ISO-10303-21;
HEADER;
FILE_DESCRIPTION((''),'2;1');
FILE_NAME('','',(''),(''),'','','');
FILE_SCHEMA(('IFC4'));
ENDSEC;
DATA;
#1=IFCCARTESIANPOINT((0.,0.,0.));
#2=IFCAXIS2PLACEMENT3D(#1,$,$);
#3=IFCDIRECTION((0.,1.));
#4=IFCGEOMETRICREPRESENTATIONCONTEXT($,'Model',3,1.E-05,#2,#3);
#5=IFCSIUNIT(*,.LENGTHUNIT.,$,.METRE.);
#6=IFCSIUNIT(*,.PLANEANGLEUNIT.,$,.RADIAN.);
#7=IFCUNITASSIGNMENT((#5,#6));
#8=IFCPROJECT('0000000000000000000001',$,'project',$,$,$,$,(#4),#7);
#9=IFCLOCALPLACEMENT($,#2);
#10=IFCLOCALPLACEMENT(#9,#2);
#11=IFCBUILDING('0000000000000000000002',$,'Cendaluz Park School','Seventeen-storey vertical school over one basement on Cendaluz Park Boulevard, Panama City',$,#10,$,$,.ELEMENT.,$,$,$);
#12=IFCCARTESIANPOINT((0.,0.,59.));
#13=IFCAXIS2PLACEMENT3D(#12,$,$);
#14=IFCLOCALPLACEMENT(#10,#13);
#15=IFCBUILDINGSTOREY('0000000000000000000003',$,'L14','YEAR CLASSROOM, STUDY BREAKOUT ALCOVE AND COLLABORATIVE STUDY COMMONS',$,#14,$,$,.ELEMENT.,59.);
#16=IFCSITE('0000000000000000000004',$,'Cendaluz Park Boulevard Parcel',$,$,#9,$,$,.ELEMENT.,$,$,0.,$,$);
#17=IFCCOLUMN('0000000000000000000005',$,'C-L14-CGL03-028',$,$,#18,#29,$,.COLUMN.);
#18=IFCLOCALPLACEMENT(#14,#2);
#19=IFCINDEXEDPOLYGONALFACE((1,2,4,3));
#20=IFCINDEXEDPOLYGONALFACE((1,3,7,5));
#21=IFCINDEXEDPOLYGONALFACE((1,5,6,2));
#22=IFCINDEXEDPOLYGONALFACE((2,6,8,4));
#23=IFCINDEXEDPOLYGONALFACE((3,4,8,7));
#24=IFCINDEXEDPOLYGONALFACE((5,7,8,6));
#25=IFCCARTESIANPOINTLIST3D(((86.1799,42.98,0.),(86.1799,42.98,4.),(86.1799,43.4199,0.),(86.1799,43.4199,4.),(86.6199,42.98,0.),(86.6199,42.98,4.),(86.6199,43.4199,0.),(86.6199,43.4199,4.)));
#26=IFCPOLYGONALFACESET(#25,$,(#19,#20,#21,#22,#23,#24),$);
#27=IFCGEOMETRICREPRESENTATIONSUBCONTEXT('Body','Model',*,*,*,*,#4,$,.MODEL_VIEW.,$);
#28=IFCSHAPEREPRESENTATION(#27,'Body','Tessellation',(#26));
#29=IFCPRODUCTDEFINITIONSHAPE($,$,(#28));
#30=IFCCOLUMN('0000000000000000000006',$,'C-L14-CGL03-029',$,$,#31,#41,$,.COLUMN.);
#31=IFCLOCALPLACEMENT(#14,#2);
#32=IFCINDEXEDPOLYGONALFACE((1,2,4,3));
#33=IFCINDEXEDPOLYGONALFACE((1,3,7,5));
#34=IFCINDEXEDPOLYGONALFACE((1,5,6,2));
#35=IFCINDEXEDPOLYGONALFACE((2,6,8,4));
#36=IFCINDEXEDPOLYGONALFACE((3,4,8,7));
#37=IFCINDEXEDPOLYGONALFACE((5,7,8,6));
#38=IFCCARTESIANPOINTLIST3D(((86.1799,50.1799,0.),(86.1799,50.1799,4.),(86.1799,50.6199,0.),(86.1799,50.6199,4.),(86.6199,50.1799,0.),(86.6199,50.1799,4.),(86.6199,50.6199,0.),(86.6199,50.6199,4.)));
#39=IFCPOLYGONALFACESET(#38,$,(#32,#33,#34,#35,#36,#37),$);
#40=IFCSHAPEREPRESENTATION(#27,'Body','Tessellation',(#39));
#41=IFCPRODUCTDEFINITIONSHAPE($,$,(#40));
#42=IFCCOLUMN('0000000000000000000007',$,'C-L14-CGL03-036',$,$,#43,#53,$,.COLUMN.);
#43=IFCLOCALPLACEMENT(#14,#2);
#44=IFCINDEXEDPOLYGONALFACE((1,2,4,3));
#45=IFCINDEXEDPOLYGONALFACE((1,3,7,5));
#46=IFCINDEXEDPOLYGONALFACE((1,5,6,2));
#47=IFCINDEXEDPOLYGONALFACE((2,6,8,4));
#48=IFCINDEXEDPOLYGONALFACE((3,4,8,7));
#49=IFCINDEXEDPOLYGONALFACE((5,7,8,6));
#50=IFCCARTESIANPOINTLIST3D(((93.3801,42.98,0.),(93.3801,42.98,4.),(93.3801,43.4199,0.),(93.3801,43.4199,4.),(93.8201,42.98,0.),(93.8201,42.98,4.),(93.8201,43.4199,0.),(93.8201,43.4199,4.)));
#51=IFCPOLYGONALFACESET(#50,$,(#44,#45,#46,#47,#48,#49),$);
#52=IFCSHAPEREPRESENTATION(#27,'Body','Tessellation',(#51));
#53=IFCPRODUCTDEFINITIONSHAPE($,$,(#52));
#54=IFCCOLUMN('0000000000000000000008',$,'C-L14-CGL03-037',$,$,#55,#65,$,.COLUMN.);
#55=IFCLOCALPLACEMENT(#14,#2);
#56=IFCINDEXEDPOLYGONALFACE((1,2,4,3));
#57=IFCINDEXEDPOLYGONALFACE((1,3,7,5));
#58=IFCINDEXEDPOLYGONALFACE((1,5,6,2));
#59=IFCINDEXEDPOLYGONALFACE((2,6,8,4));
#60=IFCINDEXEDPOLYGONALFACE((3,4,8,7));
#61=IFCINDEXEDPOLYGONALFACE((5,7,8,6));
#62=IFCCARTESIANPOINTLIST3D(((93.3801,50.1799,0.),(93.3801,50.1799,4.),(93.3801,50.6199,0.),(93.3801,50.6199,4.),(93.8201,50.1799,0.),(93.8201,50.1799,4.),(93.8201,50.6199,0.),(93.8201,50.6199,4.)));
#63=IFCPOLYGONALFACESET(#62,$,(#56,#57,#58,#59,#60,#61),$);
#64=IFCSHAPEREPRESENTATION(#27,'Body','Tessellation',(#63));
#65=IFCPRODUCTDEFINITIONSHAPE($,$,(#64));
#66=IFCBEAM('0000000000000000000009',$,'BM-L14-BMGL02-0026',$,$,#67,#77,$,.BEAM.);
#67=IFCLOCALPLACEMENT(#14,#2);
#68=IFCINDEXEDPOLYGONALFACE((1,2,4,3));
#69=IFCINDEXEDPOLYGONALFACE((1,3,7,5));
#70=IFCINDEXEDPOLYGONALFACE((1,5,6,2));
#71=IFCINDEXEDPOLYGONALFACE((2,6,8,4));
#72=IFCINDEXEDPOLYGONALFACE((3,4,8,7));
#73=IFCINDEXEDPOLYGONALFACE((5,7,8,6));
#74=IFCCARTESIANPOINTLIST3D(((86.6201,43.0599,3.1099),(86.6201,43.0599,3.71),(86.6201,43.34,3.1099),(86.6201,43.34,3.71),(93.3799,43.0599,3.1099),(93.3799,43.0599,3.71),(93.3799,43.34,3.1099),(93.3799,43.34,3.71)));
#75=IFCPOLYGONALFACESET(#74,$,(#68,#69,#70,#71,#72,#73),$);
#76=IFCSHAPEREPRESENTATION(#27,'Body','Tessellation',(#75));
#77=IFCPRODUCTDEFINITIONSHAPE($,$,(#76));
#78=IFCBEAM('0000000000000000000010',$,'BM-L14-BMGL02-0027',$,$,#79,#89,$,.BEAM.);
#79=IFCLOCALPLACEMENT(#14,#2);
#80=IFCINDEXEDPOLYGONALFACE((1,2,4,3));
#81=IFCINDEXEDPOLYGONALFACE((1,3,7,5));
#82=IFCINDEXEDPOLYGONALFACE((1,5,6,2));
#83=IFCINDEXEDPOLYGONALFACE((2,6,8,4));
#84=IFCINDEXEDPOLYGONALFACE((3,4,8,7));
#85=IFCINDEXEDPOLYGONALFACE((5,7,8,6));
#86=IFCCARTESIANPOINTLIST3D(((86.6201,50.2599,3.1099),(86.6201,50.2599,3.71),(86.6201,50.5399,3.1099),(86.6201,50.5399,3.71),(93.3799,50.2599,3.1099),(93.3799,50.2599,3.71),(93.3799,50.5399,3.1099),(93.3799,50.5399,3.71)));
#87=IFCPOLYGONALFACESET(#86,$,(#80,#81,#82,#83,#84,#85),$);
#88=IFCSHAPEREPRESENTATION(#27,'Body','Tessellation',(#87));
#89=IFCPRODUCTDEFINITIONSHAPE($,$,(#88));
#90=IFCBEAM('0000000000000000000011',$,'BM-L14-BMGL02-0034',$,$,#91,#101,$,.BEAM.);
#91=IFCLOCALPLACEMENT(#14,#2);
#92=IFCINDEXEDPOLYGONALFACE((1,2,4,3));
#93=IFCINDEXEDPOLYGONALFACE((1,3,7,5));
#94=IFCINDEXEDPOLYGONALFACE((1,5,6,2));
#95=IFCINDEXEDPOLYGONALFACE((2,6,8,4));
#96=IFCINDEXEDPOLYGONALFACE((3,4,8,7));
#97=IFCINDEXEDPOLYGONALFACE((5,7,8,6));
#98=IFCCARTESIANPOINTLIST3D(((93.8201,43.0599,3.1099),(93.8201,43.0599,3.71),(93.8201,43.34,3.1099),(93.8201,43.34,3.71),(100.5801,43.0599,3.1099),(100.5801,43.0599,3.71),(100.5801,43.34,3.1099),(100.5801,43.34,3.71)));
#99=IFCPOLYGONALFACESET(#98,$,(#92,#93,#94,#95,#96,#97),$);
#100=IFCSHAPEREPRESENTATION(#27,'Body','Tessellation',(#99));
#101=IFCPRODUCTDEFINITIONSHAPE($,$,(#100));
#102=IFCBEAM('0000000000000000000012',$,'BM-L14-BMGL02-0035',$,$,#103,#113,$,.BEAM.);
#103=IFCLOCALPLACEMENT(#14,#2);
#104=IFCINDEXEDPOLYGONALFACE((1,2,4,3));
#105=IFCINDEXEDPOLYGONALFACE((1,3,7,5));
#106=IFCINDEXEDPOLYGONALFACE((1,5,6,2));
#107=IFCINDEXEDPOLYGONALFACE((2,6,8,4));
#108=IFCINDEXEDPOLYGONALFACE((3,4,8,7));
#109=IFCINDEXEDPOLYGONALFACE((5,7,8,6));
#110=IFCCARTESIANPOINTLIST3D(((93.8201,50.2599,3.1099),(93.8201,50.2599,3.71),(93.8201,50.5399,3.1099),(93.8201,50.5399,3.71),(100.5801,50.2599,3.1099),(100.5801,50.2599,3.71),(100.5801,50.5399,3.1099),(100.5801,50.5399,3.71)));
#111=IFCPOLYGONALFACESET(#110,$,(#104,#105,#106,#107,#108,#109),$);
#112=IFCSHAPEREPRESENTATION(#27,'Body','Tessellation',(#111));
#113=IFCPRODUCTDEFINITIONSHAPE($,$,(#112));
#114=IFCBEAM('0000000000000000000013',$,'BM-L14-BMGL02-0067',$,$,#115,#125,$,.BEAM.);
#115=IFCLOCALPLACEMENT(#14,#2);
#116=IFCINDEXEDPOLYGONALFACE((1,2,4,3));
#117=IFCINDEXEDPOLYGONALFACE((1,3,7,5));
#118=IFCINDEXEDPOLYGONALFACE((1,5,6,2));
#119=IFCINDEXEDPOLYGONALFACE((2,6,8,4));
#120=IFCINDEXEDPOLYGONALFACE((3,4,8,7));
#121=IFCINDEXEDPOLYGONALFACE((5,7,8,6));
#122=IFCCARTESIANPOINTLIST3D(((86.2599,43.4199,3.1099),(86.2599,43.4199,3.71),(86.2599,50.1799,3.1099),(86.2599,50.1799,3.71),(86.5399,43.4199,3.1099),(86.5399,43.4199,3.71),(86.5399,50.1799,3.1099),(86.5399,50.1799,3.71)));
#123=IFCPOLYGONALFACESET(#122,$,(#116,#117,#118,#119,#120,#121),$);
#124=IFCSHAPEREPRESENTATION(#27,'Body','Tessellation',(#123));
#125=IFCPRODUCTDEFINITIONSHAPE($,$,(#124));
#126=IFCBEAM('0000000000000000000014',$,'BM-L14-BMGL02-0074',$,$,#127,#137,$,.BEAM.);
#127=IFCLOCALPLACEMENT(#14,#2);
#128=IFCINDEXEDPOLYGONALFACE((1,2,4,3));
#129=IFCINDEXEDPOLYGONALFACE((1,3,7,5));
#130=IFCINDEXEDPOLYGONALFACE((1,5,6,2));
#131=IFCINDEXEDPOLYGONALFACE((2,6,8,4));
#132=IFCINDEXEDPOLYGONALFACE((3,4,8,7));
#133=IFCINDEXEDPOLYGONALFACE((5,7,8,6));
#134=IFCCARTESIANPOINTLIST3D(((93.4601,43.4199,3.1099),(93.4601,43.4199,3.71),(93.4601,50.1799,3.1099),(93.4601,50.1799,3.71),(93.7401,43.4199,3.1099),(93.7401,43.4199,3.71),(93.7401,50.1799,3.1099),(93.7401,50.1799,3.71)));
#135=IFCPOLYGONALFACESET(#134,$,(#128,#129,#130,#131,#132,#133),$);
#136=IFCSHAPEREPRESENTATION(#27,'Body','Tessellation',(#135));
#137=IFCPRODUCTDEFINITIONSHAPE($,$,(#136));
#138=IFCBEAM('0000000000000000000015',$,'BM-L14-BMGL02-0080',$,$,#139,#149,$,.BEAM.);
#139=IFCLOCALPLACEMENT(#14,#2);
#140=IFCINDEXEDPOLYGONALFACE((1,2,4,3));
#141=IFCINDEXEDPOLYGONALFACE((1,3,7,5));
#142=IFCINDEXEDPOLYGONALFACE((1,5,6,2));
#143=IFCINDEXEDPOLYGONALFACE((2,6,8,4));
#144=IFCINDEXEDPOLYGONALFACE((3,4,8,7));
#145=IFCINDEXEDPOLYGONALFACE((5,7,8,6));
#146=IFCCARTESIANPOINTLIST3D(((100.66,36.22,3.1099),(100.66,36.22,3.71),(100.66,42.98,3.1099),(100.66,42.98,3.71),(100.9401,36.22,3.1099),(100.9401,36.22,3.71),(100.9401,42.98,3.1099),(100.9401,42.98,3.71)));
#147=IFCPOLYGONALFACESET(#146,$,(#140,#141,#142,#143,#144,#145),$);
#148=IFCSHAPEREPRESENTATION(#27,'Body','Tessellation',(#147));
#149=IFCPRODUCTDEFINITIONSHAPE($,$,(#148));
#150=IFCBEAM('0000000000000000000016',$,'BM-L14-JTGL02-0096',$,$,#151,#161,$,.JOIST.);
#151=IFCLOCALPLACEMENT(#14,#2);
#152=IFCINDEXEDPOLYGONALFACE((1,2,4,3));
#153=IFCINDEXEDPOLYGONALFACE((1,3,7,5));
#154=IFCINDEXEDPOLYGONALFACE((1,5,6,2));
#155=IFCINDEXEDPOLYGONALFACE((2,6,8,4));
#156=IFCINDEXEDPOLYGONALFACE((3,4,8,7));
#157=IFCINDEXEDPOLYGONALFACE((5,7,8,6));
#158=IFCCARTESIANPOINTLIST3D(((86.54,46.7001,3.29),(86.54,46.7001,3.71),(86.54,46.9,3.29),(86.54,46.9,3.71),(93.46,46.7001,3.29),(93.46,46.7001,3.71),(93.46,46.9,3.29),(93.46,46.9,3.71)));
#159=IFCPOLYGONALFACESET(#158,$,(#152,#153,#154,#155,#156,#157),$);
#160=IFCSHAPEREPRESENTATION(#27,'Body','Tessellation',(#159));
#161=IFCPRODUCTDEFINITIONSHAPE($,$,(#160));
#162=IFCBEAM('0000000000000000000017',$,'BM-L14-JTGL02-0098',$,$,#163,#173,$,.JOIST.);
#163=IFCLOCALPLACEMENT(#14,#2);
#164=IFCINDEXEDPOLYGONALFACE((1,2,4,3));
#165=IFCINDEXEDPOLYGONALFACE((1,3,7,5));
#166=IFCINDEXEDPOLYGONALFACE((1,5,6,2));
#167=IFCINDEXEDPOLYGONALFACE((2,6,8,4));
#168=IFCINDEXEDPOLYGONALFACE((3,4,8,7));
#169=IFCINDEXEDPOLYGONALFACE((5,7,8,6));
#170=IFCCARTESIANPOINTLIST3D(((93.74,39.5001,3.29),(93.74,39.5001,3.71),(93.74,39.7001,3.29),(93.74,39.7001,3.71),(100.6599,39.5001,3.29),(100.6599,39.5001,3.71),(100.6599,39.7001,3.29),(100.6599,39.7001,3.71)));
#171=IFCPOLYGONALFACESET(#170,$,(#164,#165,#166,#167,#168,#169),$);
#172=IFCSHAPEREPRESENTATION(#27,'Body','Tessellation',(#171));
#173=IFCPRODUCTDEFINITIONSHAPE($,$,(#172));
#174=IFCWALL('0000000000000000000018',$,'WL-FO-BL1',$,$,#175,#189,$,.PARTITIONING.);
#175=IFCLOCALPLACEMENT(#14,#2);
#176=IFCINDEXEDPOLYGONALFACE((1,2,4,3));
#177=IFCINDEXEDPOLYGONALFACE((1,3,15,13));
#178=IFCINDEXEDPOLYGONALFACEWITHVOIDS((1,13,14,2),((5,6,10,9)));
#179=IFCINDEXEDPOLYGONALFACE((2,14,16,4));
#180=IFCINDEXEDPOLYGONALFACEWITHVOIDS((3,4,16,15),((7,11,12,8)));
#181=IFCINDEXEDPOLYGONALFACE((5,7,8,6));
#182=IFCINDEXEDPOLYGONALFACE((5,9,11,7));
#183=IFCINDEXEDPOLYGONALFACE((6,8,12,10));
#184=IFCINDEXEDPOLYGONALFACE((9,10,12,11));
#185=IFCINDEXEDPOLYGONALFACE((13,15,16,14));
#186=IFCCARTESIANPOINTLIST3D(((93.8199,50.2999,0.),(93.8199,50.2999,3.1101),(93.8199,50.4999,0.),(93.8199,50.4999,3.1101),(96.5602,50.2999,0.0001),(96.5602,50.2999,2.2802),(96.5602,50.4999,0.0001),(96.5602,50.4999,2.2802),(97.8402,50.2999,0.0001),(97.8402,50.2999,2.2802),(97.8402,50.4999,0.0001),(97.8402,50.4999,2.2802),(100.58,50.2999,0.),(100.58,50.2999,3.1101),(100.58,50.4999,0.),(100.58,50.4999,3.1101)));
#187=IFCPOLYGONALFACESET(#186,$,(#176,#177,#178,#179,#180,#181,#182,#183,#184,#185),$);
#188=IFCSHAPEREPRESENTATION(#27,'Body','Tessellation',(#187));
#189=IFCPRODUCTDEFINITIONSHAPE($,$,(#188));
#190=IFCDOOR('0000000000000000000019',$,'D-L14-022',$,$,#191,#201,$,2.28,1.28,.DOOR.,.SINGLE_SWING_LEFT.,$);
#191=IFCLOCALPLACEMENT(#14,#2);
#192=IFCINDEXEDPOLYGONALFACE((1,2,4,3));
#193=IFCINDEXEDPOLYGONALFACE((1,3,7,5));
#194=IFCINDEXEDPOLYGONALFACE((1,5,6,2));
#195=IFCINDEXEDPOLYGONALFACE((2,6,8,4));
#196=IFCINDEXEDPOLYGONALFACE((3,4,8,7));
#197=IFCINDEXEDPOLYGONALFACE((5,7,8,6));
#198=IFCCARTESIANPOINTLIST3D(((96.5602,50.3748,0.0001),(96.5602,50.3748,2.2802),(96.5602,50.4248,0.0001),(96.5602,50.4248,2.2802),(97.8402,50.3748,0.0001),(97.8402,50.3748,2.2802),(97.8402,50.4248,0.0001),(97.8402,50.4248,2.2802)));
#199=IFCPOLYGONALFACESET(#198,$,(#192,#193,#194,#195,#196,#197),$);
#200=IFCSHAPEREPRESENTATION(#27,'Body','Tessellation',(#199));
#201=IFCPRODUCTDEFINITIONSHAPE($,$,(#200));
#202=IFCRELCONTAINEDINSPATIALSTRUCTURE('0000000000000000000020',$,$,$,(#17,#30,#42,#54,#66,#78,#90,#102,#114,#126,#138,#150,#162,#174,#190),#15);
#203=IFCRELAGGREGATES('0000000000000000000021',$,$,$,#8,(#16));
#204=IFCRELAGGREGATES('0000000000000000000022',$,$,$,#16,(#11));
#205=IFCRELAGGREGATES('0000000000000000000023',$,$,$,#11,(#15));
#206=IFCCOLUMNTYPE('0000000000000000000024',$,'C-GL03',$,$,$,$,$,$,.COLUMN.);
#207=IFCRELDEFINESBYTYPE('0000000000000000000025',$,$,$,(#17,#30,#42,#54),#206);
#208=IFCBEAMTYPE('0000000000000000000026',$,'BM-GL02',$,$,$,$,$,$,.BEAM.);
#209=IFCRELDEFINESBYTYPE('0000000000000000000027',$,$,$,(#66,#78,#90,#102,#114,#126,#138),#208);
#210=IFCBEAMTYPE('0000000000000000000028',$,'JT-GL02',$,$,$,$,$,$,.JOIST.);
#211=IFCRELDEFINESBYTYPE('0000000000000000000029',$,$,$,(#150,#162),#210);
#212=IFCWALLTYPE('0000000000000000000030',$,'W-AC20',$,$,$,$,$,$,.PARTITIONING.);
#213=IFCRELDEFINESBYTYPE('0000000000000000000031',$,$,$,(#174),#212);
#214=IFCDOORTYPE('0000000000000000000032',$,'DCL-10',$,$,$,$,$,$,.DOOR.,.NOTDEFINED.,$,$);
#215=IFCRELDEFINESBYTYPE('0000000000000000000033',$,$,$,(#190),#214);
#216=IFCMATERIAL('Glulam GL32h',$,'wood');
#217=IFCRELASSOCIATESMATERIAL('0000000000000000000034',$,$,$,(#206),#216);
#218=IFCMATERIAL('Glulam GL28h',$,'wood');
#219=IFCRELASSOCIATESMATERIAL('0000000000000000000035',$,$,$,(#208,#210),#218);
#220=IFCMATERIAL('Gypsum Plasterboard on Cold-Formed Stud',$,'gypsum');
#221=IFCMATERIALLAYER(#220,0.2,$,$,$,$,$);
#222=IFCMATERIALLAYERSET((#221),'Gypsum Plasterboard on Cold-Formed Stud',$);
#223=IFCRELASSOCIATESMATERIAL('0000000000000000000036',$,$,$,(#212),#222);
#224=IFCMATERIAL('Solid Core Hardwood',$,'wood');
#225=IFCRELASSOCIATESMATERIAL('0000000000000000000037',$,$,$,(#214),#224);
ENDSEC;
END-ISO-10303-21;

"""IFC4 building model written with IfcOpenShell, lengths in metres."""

from ifc_helpers import new_model, si_unit, direction, frame, frame_2d, origin, origin_2d, place, context, subcontext, project, spatial, rectangle, extrude, material, layer, layer_set, material_profile, profile_set, type_object, element, fill, save


model = new_model("IFC4")

# Units and contexts
model_context = context("Model", 3, precision=1e-05, world=origin(), true_north=direction((0.0, 1.0)))
body_context = subcontext(model_context, "Body", "Model", "MODEL_VIEW")
ifc_project = project(units=[si_unit("LENGTHUNIT", "METRE"), si_unit("PLANEANGLEUNIT", "RADIAN")], contexts=[model_context])

# Site, building, storey
site_placement = place(None, origin())
site = spatial("IfcSite", under=ifc_project, at=site_placement, Name="Cendaluz Park Boulevard Parcel", CompositionType="ELEMENT", RefElevation=0.0)
building_placement = place(site_placement, origin())
building = spatial("IfcBuilding", under=site, at=building_placement, Name="Cendaluz Park School", Description="Seventeen-storey vertical school over one basement on Cendaluz Park Boulevard, Panama City", CompositionType="ELEMENT")
storey_placement = place(building_placement, frame((0.0, 0.0, 59.0)))
storey = spatial("IfcBuildingStorey", under=building, at=storey_placement, Name="L14", Description="YEAR CLASSROOM, STUDY BREAKOUT ALCOVE AND COLLABORATIVE STUDY COMMONS", CompositionType="ELEMENT", Elevation=59.0)

# Columns
ifc_material_1 = material(Name="Glulam GL32h", Category="wood")
ifc_material_profile_1 = material_profile(ifc_material_1, rectangle(XDim=0.4399, YDim=0.4399, at=origin_2d()), Name="GL32h 440x440", Category="wood")
ifc_profile_set_1 = profile_set([ifc_material_profile_1], Name="Glulam GL32h")
column_type = type_object("IfcColumnType", Name="C-GL03", PredefinedType="COLUMN", material=ifc_profile_set_1)
for number, where, z_axis, x_axis, name in (
    (1, (86.3999, 43.2, 0.0), (0.0, 0.0, 1.0), (1.0, 0.0, 0.0), "C-L14-CGL03-028"),
    (2, (86.3999, 50.3999, 0.0), (0.0, 0.0, 1.0), (1.0, 0.0, 0.0), "C-L14-CGL03-029"),
    (3, (93.6001, 43.2, 0.0), (0.0, 0.0, 1.0), (1.0, 0.0, 0.0), "C-L14-CGL03-036"),
    (4, (93.6001, 50.3999, 0.0), (0.0, 0.0, 1.0), (1.0, 0.0, 0.0), "C-L14-CGL03-037"),
):
    element("IfcColumn", number, at=place(storey_placement, frame(where, z_axis=z_axis, x_axis=x_axis)), inside=storey, type_object=column_type, Name=name, PredefinedType="COLUMN", context=body_context, shape_type="SweptSolid", body=[
        extrude(rectangle(XDim=0.4399, YDim=0.4399, at=origin_2d()), origin(), (0.0, 0.0, 1.0), 4.0),
    ])

# Beams
ifc_material_2 = material(Name="Glulam GL28h", Category="wood")
ifc_material_profile_2 = material_profile(ifc_material_2, rectangle(XDim=0.28, YDim=0.6001, at=origin_2d()), Name="GL28h 280x600", Category="wood")
ifc_profile_set_2 = profile_set([ifc_material_profile_2], Name="Glulam GL28h")
beam_type_1 = type_object("IfcBeamType", Name="BM-GL02", PredefinedType="BEAM", material=ifc_profile_set_2)
for number, where, z_axis, x_axis, name in (
    (5, (86.6201, 43.2, 3.4099), (1.0, 0.0, 0.0), (0.0, 1.0, 0.0), "BM-L14-BMGL02-0026"),
    (6, (86.6201, 50.3999, 3.4099), (1.0, 0.0, 0.0), (0.0, 1.0, 0.0), "BM-L14-BMGL02-0027"),
):
    element("IfcBeam", number, at=place(storey_placement, frame(where, z_axis=z_axis, x_axis=x_axis)), inside=storey, type_object=beam_type_1, Name=name, PredefinedType="BEAM", context=body_context, shape_type="SweptSolid", body=[
        extrude(rectangle(XDim=0.28, YDim=0.6001, at=origin_2d()), origin(), (0.0, 0.0, 1.0), 6.7598),
    ])
for number, where, z_axis, x_axis, name in (
    (7, (93.8201, 43.2, 3.4099), (1.0, 0.0, 0.0), (0.0, 1.0, 0.0), "BM-L14-BMGL02-0034"),
    (8, (93.8201, 50.3999, 3.4099), (1.0, 0.0, 0.0), (0.0, 1.0, 0.0), "BM-L14-BMGL02-0035"),
    (9, (86.3999, 43.4199, 3.4099), (0.0, 1.0, 0.0), (-1.0, 0.0, 0.0), "BM-L14-BMGL02-0067"),
    (10, (93.6001, 43.4199, 3.4099), (0.0, 1.0, 0.0), (-1.0, 0.0, 0.0), "BM-L14-BMGL02-0074"),
    (11, (100.8, 36.22, 3.4099), (0.0, 1.0, 0.0), (-1.0, 0.0, 0.0), "BM-L14-BMGL02-0080"),
):
    element("IfcBeam", number, at=place(storey_placement, frame(where, z_axis=z_axis, x_axis=x_axis)), inside=storey, type_object=beam_type_1, Name=name, PredefinedType="BEAM", context=body_context, shape_type="SweptSolid", body=[
        extrude(rectangle(XDim=0.28, YDim=0.6001, at=origin_2d()), origin(), (0.0, 0.0, 1.0), 6.76),
    ])
ifc_material_profile_3 = material_profile(ifc_material_2, rectangle(XDim=0.2, YDim=0.4199, at=origin_2d()), Name="GL28h 200x420", Category="wood")
ifc_profile_set_3 = profile_set([ifc_material_profile_3], Name="Glulam GL28h")
beam_type_2 = type_object("IfcBeamType", Name="JT-GL02", PredefinedType="JOIST", material=ifc_profile_set_3)
for number, where, z_axis, x_axis, name in (
    (12, (86.54, 46.8, 3.5), (1.0, 0.0, 0.0), (0.0, 1.0, 0.0), "BM-L14-JTGL02-0096"),
    (13, (93.74, 39.6001, 3.5), (1.0, 0.0, 0.0), (0.0, 1.0, 0.0), "BM-L14-JTGL02-0098"),
):
    element("IfcBeam", number, at=place(storey_placement, frame(where, z_axis=z_axis, x_axis=x_axis)), inside=storey, type_object=beam_type_2, Name=name, PredefinedType="JOIST", context=body_context, shape_type="SweptSolid", body=[
        extrude(rectangle(XDim=0.2, YDim=0.4199, at=origin_2d()), origin(), (0.0, 0.0, 1.0), 6.9199),
    ])

# Wall, opening, door
ifc_material_3 = material(Name="Gypsum Plasterboard on Cold-Formed Stud", Category="gypsum")
ifc_layer_1 = layer(ifc_material_3, 0.2)
ifc_layer_set_1 = layer_set([ifc_layer_1], Name="Gypsum Plasterboard on Cold-Formed Stud")
wall_type_1 = type_object("IfcWallType", Name="W-AC20", PredefinedType="PARTITIONING", material=ifc_layer_set_1)
wall_1_placement = place(storey_placement, frame((93.8201, 50.3999, 0.0), z_axis=(0.0, 0.0, 1.0), x_axis=(1.0, 0.0, 0.0)))
wall_1 = element("IfcWall", 14, at=wall_1_placement, inside=storey, type_object=wall_type_1, Name="WL-FO-BL1", PredefinedType="PARTITIONING", context=body_context, shape_type="SweptSolid", body=[
    extrude(rectangle(XDim=6.76, YDim=0.2, at=frame_2d((3.3799, 0.0))), origin(), (0.0, 0.0, 1.0), 3.1101),
])
opening_1_placement = place(wall_1_placement, frame((2.74, 0.0, 0.0)))
opening_1 = element("IfcOpeningElement", 15, at=opening_1_placement, cuts=wall_1, PredefinedType="OPENING", context=body_context, shape_type="SweptSolid", body=[
    extrude(rectangle(XDim=1.28, YDim=2.28, at=frame_2d((0.6401, 1.1401))), frame((0.0, 0.1121, 0.0), z_axis=(0.0, -1.0, 0.0), x_axis=(1.0, 0.0, 0.0)), (0.0, 0.0, 1.0), 0.2239),
])
ifc_material_4 = material(Name="Solid Core Hardwood", Category="wood")
door_type_1 = type_object("IfcDoorType", Name="DCL-10", OperationType="NOTDEFINED", PredefinedType="DOOR", material=ifc_material_4)
door_1_placement = place(opening_1_placement, origin())
door_1 = element("IfcDoor", 16, at=door_1_placement, inside=storey, type_object=door_type_1, Name="D-L14-022", OperationType="SINGLE_SWING_LEFT", OverallHeight=2.28, OverallWidth=1.28, PredefinedType="DOOR", context=body_context, shape_type="SweptSolid", body=[
    extrude(rectangle(XDim=1.28, YDim=2.28, at=frame_2d((0.6401, 1.1401))), frame((0.0, 0.0249, 0.0), z_axis=(0.0, -1.0, 0.0), x_axis=(1.0, 0.0, 0.0)), (0.0, 0.0, 1.0), 0.05),
])
fill(opening_1, door_1)

save(model, "model.ifc")
